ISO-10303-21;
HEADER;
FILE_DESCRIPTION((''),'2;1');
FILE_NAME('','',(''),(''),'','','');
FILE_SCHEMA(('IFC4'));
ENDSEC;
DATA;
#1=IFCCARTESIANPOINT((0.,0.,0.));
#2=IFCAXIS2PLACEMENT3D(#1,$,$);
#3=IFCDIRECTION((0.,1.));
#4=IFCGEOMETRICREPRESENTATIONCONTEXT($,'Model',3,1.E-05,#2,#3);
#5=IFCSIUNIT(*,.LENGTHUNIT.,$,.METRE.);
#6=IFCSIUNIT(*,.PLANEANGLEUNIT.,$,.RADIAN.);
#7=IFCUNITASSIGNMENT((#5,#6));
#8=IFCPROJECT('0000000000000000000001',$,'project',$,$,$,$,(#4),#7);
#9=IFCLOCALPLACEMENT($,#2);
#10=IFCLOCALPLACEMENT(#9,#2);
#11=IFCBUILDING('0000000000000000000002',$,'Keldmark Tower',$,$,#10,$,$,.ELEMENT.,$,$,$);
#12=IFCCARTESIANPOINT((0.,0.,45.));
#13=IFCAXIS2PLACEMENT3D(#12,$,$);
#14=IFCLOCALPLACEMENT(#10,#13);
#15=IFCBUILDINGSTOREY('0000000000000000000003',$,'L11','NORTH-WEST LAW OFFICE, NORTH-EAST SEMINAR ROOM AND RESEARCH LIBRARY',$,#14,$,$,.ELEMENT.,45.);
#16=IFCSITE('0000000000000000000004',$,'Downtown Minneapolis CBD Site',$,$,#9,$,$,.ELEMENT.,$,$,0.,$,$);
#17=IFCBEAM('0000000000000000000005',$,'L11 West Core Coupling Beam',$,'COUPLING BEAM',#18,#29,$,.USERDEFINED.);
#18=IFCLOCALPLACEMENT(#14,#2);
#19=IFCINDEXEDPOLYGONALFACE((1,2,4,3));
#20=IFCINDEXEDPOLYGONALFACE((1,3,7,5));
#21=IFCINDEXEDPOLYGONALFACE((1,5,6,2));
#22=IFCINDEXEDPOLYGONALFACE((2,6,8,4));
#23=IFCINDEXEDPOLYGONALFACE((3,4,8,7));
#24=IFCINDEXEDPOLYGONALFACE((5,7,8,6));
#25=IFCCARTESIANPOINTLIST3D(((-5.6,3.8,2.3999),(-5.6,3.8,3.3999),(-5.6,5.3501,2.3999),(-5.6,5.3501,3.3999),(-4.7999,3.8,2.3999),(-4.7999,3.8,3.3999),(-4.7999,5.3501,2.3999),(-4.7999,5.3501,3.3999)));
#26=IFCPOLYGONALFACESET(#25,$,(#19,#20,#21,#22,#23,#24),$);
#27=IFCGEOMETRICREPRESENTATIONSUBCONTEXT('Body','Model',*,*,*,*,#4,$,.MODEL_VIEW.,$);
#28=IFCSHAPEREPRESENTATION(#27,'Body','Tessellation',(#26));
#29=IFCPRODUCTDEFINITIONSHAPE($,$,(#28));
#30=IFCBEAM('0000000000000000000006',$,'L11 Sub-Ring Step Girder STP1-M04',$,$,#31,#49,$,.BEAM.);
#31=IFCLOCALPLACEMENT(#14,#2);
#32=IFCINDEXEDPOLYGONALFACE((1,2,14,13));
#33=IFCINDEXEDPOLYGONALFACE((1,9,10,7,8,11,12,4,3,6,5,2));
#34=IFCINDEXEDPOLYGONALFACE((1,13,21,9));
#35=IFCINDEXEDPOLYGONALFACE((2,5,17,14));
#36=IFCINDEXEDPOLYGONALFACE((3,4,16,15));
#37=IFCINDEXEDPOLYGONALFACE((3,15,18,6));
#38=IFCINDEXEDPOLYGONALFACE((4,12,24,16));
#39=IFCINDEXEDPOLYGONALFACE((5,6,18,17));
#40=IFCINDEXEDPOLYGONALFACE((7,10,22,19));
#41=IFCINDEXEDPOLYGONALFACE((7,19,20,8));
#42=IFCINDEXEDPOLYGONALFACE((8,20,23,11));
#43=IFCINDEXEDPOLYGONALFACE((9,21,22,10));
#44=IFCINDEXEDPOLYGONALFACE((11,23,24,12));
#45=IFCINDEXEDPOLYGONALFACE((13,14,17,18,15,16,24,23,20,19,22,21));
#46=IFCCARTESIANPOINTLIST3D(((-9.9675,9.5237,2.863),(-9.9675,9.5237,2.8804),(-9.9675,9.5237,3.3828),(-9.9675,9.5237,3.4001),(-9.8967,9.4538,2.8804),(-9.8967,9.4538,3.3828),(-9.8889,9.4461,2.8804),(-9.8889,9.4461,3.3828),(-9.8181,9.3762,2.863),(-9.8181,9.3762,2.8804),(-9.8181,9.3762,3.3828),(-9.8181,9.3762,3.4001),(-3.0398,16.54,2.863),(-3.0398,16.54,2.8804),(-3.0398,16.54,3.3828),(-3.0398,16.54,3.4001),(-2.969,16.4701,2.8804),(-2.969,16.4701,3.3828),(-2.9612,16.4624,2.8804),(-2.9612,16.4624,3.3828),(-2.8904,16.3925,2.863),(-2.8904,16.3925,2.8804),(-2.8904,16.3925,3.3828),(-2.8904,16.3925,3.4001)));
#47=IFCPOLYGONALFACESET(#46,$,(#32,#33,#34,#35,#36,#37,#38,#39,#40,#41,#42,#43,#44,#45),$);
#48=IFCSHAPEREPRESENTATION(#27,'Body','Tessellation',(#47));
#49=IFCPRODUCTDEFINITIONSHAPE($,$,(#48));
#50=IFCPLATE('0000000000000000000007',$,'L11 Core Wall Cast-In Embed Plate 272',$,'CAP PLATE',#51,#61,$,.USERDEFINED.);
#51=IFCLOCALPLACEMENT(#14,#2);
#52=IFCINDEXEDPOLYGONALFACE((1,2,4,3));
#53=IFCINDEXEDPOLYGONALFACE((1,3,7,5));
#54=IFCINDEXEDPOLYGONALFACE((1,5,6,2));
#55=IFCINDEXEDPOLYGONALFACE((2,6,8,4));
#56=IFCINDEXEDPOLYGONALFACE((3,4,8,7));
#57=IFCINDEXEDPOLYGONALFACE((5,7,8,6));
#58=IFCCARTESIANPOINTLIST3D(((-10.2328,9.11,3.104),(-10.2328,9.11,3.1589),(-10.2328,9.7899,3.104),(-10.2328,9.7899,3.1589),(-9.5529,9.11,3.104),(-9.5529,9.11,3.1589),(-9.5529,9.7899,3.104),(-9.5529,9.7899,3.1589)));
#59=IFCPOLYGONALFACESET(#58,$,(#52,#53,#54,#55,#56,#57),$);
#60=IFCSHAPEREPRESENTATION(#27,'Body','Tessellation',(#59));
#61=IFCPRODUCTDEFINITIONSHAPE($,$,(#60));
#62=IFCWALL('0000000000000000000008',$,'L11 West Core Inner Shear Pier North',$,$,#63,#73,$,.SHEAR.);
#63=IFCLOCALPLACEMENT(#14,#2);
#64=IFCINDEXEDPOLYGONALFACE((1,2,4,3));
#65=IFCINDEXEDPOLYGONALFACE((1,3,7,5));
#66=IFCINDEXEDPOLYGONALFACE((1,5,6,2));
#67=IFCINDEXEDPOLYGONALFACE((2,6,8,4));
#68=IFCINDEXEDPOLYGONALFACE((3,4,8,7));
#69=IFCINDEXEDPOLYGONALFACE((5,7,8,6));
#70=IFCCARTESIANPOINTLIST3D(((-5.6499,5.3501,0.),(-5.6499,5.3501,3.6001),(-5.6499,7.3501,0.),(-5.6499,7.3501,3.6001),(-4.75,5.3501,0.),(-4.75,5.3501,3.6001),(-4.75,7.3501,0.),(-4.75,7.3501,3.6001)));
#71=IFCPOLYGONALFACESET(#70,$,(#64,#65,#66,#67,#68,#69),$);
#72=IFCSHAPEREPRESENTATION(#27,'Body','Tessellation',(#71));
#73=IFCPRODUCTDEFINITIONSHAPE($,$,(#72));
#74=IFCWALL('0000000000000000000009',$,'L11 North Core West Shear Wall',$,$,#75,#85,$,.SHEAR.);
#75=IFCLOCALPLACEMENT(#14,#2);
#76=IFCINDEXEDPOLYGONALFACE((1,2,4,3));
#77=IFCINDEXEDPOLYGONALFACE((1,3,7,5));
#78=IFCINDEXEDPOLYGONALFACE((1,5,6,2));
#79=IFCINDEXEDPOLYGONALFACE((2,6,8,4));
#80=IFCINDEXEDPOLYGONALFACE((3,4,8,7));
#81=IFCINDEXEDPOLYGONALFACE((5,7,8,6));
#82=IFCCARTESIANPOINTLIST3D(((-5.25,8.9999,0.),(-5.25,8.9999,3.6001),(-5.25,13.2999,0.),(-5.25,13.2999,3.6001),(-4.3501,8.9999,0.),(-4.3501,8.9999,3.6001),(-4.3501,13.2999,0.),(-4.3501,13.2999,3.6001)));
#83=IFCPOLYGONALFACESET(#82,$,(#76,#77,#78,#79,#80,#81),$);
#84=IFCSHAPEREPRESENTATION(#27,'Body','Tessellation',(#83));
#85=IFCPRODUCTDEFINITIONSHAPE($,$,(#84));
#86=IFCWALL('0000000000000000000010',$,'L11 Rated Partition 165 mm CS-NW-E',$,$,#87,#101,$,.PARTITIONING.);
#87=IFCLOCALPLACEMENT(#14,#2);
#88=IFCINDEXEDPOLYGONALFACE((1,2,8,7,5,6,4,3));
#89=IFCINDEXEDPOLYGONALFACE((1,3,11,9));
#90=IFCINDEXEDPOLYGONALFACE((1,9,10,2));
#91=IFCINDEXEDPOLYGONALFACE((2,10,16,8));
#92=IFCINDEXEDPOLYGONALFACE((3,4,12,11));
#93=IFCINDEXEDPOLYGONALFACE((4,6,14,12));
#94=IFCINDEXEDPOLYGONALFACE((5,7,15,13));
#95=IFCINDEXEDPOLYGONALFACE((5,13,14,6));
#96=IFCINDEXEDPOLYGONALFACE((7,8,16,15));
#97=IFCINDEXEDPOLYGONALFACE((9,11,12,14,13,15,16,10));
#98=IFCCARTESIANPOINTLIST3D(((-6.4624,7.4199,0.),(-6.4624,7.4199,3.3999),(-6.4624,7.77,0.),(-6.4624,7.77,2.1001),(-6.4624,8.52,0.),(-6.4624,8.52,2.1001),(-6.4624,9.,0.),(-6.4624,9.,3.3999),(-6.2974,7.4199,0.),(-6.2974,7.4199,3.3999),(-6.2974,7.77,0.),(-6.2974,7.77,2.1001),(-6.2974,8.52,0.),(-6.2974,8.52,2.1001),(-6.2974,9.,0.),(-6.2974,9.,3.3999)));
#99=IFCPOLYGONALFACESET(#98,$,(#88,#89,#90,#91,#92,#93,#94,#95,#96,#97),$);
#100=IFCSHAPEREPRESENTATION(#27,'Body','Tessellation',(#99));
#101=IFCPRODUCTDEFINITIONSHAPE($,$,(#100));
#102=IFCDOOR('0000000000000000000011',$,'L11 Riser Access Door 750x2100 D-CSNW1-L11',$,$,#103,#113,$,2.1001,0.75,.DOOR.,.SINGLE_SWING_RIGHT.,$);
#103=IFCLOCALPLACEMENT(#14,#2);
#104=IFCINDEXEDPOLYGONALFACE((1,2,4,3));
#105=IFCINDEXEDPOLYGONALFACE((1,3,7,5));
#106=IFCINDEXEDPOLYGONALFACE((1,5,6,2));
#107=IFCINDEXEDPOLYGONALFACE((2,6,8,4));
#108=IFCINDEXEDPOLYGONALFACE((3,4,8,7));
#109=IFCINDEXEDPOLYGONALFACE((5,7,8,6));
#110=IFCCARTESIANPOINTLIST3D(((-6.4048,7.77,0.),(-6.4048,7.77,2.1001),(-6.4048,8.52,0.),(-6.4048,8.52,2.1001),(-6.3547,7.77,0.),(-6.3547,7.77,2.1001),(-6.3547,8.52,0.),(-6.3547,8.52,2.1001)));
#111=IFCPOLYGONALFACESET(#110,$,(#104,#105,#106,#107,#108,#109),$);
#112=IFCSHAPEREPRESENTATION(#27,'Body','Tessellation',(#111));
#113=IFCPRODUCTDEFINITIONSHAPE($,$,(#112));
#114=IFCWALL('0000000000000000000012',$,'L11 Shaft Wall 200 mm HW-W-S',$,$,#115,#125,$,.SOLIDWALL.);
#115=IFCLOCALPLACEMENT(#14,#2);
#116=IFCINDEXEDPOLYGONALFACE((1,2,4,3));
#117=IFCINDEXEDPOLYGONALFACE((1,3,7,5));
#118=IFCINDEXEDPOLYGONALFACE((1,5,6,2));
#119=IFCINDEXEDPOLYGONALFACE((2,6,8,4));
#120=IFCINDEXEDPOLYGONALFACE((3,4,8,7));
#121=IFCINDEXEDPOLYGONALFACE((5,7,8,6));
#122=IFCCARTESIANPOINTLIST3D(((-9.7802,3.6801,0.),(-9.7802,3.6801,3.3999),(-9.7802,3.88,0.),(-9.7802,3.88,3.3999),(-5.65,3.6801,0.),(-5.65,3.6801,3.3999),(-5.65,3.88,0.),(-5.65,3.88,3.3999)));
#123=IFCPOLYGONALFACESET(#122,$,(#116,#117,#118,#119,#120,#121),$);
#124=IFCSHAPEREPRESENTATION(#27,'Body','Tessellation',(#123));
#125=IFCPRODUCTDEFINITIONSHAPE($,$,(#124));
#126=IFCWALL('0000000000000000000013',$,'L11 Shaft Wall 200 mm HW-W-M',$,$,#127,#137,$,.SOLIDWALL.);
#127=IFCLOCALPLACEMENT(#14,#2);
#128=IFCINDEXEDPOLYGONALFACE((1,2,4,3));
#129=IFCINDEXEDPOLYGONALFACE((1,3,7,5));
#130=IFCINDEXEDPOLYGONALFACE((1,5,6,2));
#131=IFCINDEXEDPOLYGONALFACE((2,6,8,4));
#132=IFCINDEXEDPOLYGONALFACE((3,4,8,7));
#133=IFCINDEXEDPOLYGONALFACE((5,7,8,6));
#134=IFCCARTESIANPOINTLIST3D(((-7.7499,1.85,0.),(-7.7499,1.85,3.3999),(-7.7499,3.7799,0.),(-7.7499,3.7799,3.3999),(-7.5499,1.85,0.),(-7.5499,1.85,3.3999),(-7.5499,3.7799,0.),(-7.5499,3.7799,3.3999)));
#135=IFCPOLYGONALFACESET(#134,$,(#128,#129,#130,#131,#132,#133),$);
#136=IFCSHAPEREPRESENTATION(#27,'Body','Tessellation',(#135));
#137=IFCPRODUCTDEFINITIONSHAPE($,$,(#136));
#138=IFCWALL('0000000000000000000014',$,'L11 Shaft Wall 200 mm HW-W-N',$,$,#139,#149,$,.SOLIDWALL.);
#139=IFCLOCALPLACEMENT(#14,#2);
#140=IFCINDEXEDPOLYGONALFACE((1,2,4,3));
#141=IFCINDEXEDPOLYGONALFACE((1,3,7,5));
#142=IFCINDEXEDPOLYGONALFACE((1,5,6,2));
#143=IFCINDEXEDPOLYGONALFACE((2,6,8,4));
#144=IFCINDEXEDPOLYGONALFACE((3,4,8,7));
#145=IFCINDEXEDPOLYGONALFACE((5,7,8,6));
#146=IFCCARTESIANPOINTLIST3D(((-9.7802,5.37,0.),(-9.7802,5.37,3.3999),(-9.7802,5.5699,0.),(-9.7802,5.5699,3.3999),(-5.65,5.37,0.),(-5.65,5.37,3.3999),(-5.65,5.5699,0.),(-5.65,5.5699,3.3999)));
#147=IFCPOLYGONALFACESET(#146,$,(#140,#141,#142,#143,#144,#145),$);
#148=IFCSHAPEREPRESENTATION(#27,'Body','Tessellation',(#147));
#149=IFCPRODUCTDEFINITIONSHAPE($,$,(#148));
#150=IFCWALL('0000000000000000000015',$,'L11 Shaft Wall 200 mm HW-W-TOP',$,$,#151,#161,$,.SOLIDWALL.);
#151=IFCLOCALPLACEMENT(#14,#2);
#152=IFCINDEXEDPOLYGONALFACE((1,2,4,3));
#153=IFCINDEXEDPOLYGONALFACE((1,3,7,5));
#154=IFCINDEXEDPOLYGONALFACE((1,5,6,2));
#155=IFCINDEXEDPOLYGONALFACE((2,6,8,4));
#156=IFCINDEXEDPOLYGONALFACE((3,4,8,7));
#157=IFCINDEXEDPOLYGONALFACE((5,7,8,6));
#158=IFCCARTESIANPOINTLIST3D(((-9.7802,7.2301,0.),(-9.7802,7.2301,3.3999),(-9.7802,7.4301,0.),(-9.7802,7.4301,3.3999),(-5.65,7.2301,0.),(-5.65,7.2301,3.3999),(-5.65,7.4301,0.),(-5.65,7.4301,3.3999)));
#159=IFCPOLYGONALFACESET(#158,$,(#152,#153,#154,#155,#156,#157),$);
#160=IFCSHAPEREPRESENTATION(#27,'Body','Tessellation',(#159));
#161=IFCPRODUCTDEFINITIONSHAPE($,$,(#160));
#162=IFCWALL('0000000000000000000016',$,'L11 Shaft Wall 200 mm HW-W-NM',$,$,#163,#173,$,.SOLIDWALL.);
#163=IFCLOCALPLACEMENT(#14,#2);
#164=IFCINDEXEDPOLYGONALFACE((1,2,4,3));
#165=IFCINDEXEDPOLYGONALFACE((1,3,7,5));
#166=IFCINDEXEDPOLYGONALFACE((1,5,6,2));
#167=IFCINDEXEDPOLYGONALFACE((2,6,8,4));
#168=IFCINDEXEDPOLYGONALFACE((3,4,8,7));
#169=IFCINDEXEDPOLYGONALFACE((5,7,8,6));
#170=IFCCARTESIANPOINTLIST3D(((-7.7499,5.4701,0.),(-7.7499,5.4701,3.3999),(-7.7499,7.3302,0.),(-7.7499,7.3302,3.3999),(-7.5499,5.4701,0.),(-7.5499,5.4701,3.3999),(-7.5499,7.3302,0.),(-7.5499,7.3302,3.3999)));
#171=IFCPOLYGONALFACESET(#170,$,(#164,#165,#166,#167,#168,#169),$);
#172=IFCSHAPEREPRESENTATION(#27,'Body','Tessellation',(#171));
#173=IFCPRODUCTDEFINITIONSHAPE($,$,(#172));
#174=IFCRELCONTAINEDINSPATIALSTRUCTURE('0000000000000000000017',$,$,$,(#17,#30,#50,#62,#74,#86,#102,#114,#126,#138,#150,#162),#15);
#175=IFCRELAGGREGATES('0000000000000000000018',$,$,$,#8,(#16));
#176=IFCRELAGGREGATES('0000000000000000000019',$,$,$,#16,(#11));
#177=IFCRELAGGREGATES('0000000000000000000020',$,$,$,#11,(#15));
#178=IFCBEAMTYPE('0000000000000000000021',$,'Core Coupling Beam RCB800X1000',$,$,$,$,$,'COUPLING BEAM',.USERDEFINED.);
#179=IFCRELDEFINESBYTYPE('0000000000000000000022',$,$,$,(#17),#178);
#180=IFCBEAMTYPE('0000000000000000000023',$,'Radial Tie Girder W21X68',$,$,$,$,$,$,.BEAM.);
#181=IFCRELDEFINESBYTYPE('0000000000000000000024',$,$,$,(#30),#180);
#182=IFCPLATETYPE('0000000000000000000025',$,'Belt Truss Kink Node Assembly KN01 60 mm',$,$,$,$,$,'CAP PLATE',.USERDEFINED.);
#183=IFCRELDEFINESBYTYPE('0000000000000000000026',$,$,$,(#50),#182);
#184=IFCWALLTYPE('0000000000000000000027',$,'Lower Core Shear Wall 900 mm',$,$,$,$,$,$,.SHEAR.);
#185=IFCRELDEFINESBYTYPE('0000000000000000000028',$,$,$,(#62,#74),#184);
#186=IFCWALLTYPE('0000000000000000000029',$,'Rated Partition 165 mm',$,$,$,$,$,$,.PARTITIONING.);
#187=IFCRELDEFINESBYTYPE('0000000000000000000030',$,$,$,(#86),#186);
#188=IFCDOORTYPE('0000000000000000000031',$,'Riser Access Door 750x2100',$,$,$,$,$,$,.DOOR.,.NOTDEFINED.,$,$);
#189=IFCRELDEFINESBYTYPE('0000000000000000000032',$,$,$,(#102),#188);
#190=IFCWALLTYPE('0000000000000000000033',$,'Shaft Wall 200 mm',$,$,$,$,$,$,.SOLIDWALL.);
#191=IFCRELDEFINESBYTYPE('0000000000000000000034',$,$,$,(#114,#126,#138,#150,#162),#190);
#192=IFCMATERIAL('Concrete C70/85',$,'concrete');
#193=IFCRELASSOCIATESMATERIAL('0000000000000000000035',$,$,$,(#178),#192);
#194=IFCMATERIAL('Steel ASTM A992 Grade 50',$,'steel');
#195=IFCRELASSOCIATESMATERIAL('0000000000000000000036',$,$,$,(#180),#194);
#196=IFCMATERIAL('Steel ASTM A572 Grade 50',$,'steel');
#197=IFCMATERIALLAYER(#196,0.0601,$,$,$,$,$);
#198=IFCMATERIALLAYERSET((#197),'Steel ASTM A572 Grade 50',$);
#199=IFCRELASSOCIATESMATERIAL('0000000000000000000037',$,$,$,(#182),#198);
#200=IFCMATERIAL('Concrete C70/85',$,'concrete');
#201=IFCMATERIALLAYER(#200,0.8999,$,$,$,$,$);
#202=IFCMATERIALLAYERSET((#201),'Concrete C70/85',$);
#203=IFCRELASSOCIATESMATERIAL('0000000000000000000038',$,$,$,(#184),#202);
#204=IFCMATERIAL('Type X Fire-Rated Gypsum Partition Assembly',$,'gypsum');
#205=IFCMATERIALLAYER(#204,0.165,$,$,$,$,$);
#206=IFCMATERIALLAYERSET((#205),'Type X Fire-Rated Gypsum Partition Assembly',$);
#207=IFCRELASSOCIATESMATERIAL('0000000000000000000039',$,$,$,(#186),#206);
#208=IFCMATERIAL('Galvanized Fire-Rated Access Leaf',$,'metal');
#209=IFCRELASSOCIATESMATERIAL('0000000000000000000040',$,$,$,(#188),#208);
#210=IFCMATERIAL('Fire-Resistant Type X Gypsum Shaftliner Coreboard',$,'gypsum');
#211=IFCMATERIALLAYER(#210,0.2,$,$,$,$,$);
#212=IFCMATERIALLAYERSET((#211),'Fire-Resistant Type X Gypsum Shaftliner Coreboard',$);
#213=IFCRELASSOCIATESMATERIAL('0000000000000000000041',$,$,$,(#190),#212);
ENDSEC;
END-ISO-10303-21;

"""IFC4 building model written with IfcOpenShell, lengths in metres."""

from ifc_helpers import new_model, si_unit, direction, frame, frame_2d, origin, origin_2d, place, context, subcontext, project, spatial, rectangle, i_section, extrude, material, layer, layer_set, material_profile, profile_set, type_object, element, fill, save


model = new_model("IFC4")

# Units and contexts
model_context = context("Model", 3, precision=1e-05, world=origin(), true_north=direction((0.0, 1.0)))
body_context = subcontext(model_context, "Body", "Model", "MODEL_VIEW")
ifc_project = project(units=[si_unit("LENGTHUNIT", "METRE"), si_unit("PLANEANGLEUNIT", "RADIAN")], contexts=[model_context])

# Site, building, storey
site_placement = place(None, origin())
site = spatial("IfcSite", under=ifc_project, at=site_placement, Name="Downtown Minneapolis CBD Site", CompositionType="ELEMENT", RefElevation=0.0)
building_placement = place(site_placement, origin())
building = spatial("IfcBuilding", under=site, at=building_placement, Name="Keldmark Tower", CompositionType="ELEMENT")
storey_placement = place(building_placement, frame((0.0, 0.0, 45.0)))
storey = spatial("IfcBuildingStorey", under=building, at=storey_placement, Name="L11", Description="NORTH-WEST LAW OFFICE, NORTH-EAST SEMINAR ROOM AND RESEARCH LIBRARY", CompositionType="ELEMENT", Elevation=45.0)

# Beams
ifc_material_1 = material(Name="Concrete C70/85", Category="concrete")
ifc_material_profile_1 = material_profile(ifc_material_1, rectangle(XDim=0.8, YDim=1.0, at=origin_2d()), Name="RCB800X1000")
ifc_profile_set_1 = profile_set([ifc_material_profile_1], Name="Concrete C70/85")
beam_type_1 = type_object("IfcBeamType", Name="Core Coupling Beam RCB800X1000", ElementType="COUPLING BEAM", PredefinedType="USERDEFINED", material=ifc_profile_set_1)
beam_1_placement = place(storey_placement, frame((-5.2, 3.8, 2.8999), z_axis=(0.0, 1.0, 0.0), x_axis=(-1.0, 0.0, 0.0)))
element("IfcBeam", 1, at=beam_1_placement, inside=storey, type_object=beam_type_1, Name="L11 West Core Coupling Beam", ObjectType="COUPLING BEAM", PredefinedType="USERDEFINED", context=body_context, shape_type="SweptSolid", body=[
    extrude(rectangle(XDim=0.8, YDim=1.0, at=origin_2d()), origin(), (0.0, 0.0, 1.0), 1.55),
])
ifc_material_2 = material(Name="Steel ASTM A992 Grade 50", Category="steel")
ifc_material_profile_2 = material_profile(ifc_material_2, i_section(OverallWidth=0.21, OverallDepth=0.5371, WebThickness=0.011, FlangeThickness=0.0173, at=origin_2d()), Name="W21X68")
ifc_profile_set_2 = profile_set([ifc_material_profile_2], Name="Steel ASTM A992 Grade 50")
beam_type_2 = type_object("IfcBeamType", Name="Radial Tie Girder W21X68", PredefinedType="BEAM", material=ifc_profile_set_2)
beam_2_placement = place(storey_placement, frame((-9.8928, 9.45, 3.1316), z_axis=(0.702599, 0.711586, 0.0), x_axis=(-0.711586, 0.702599, 0.0)))
element("IfcBeam", 2, at=beam_2_placement, inside=storey, type_object=beam_type_2, Name="L11 Sub-Ring Step Girder STP1-M04", PredefinedType="BEAM", context=body_context, shape_type="SweptSolid", body=[
    extrude(i_section(OverallWidth=0.21, OverallDepth=0.5371, WebThickness=0.011, FlangeThickness=0.0173, at=origin_2d()), origin(), (0.0, 0.0, 1.0), 9.8601),
])

# Plate
ifc_material_3 = material(Name="Steel ASTM A572 Grade 50", Category="steel")
ifc_layer_1 = layer(ifc_material_3, 0.0601)
ifc_layer_set_1 = layer_set([ifc_layer_1], Name="Steel ASTM A572 Grade 50")
plate_type = type_object("IfcPlateType", Name="Belt Truss Kink Node Assembly KN01 60 mm", ElementType="CAP PLATE", PredefinedType="USERDEFINED", material=ifc_layer_set_1)
plate_placement = place(storey_placement, frame((-9.8928, 9.45, 3.104), z_axis=(0.0, 0.0, 1.0), x_axis=(1.0, 0.0, 0.0)))
element("IfcPlate", 3, at=plate_placement, inside=storey, type_object=plate_type, Name="L11 Core Wall Cast-In Embed Plate 272", ObjectType="CAP PLATE", PredefinedType="USERDEFINED", context=body_context, shape_type="SweptSolid", body=[
    extrude(rectangle(XDim=0.6799, YDim=0.6799, at=origin_2d()), origin(), (0.0, 0.0, 1.0), 0.0549),
])

# Walls
ifc_material_4 = material(Name="Concrete C70/85", Category="concrete")
ifc_layer_2 = layer(ifc_material_4, 0.8999)
ifc_layer_set_2 = layer_set([ifc_layer_2], Name="Concrete C70/85")
wall_type_1 = type_object("IfcWallType", Name="Lower Core Shear Wall 900 mm", PredefinedType="SHEAR", material=ifc_layer_set_2)
wall_1_placement = place(storey_placement, frame((-5.2, 5.3501, 0.0), z_axis=(0.0, 0.0, 1.0), x_axis=(0.0, 1.0, 0.0)))
element("IfcWall", 4, at=wall_1_placement, inside=storey, type_object=wall_type_1, Name="L11 West Core Inner Shear Pier North", PredefinedType="SHEAR", context=body_context, shape_type="SweptSolid", body=[
    extrude(rectangle(XDim=2.0, YDim=0.8999, at=frame_2d((1.0, 0.0))), origin(), (0.0, 0.0, 1.0), 3.6001),
])
wall_2_placement = place(storey_placement, frame((-4.8, 9.0, 0.0), z_axis=(0.0, 0.0, 1.0), x_axis=(0.0, 1.0, 0.0)))
element("IfcWall", 5, at=wall_2_placement, inside=storey, type_object=wall_type_1, Name="L11 North Core West Shear Wall", PredefinedType="SHEAR", context=body_context, shape_type="SweptSolid", body=[
    extrude(rectangle(XDim=4.3, YDim=0.8999, at=frame_2d((2.1499, 0.0))), origin(), (0.0, 0.0, 1.0), 3.6001),
])

# Wall, opening, door
ifc_material_5 = material(Name="Type X Fire-Rated Gypsum Partition Assembly", Category="gypsum")
ifc_layer_3 = layer(ifc_material_5, 0.165)
ifc_layer_set_3 = layer_set([ifc_layer_3], Name="Type X Fire-Rated Gypsum Partition Assembly")
wall_type_2 = type_object("IfcWallType", Name="Rated Partition 165 mm", PredefinedType="PARTITIONING", material=ifc_layer_set_3)
wall_3_placement = place(storey_placement, frame((-6.3799, 7.4199, 0.0), z_axis=(0.0, 0.0, 1.0), x_axis=(0.0, 1.0, 0.0)))
wall_3 = element("IfcWall", 6, at=wall_3_placement, inside=storey, type_object=wall_type_2, Name="L11 Rated Partition 165 mm CS-NW-E", PredefinedType="PARTITIONING", context=body_context, shape_type="SweptSolid", body=[
    extrude(rectangle(XDim=1.5801, YDim=0.165, at=frame_2d((0.79, 0.0))), origin(), (0.0, 0.0, 1.0), 3.3999),
])
opening_1_placement = place(wall_3_placement, frame((0.3501, 0.0, 0.0)))
opening_1 = element("IfcOpeningElement", 7, at=opening_1_placement, cuts=wall_3, PredefinedType="OPENING", context=body_context, shape_type="SweptSolid", body=[
    extrude(rectangle(XDim=0.75, YDim=2.1001, at=frame_2d((0.375, 1.05))), frame((0.0, 0.0925, 0.0), z_axis=(0.0, -1.0, 0.0), x_axis=(1.0, 0.0, 0.0)), (0.0, 0.0, 1.0), 0.1851),
])
ifc_material_6 = material(Name="Galvanized Fire-Rated Access Leaf", Category="metal")
door_type_1 = type_object("IfcDoorType", Name="Riser Access Door 750x2100", OperationType="NOTDEFINED", PredefinedType="DOOR", material=ifc_material_6)
door_1_placement = place(opening_1_placement, origin())
door_1 = element("IfcDoor", 8, at=door_1_placement, inside=storey, type_object=door_type_1, Name="L11 Riser Access Door 750x2100 D-CSNW1-L11", OperationType="SINGLE_SWING_RIGHT", OverallHeight=2.1001, OverallWidth=0.75, PredefinedType="DOOR", context=body_context, shape_type="SweptSolid", body=[
    extrude(rectangle(XDim=0.75, YDim=2.1001, at=frame_2d((0.375, 1.05))), frame((0.0, 0.0249, 0.0), z_axis=(0.0, -1.0, 0.0), x_axis=(1.0, 0.0, 0.0)), (0.0, 0.0, 1.0), 0.05),
])
fill(opening_1, door_1)

# Walls
ifc_material_7 = material(Name="Fire-Resistant Type X Gypsum Shaftliner Coreboard", Category="gypsum")
ifc_layer_4 = layer(ifc_material_7, 0.2)
ifc_layer_set_4 = layer_set([ifc_layer_4], Name="Fire-Resistant Type X Gypsum Shaftliner Coreboard")
wall_type_3 = type_object("IfcWallType", Name="Shaft Wall 200 mm", PredefinedType="SOLIDWALL", material=ifc_layer_set_4)
wall_4_placement = place(storey_placement, frame((-9.78, 3.78, 0.0), z_axis=(0.0, 0.0, 1.0), x_axis=(1.0, 0.0, 0.0)))
element("IfcWall", 9, at=wall_4_placement, inside=storey, type_object=wall_type_3, Name="L11 Shaft Wall 200 mm HW-W-S", PredefinedType="SOLIDWALL", context=body_context, shape_type="SweptSolid", body=[
    extrude(rectangle(XDim=4.1301, YDim=0.2, at=frame_2d((2.0649, 0.0))), origin(), (0.0, 0.0, 1.0), 3.3999),
])
wall_5_placement = place(storey_placement, frame((-7.6499, 1.8501, 0.0), z_axis=(0.0, 0.0, 1.0), x_axis=(0.0, 1.0, 0.0)))
element("IfcWall", 10, at=wall_5_placement, inside=storey, type_object=wall_type_3, Name="L11 Shaft Wall 200 mm HW-W-M", PredefinedType="SOLIDWALL", context=body_context, shape_type="SweptSolid", body=[
    extrude(rectangle(XDim=1.9299, YDim=0.2, at=frame_2d((0.9648, 0.0))), origin(), (0.0, 0.0, 1.0), 3.3999),
])
for number, where, z_axis, x_axis, name in (
    (11, (-9.78, 5.47, 0.0), (0.0, 0.0, 1.0), (1.0, 0.0, 0.0), "L11 Shaft Wall 200 mm HW-W-N"),
    (12, (-9.78, 7.3301, 0.0), (0.0, 0.0, 1.0), (1.0, 0.0, 0.0), "L11 Shaft Wall 200 mm HW-W-TOP"),
):
    element("IfcWall", number, at=place(storey_placement, frame(where, z_axis=z_axis, x_axis=x_axis)), inside=storey, type_object=wall_type_3, Name=name, PredefinedType="SOLIDWALL", context=body_context, shape_type="SweptSolid", body=[
        extrude(rectangle(XDim=4.1301, YDim=0.2, at=frame_2d((2.0649, 0.0))), origin(), (0.0, 0.0, 1.0), 3.3999),
    ])
wall_6_placement = place(storey_placement, frame((-7.6499, 5.47, 0.0), z_axis=(0.0, 0.0, 1.0), x_axis=(0.0, 1.0, 0.0)))
element("IfcWall", 13, at=wall_6_placement, inside=storey, type_object=wall_type_3, Name="L11 Shaft Wall 200 mm HW-W-NM", PredefinedType="SOLIDWALL", context=body_context, shape_type="SweptSolid", body=[
    extrude(rectangle(XDim=1.8601, YDim=0.2, at=frame_2d((0.9302, 0.0))), origin(), (0.0, 0.0, 1.0), 3.3999),
])

save(model, "model.ifc")
